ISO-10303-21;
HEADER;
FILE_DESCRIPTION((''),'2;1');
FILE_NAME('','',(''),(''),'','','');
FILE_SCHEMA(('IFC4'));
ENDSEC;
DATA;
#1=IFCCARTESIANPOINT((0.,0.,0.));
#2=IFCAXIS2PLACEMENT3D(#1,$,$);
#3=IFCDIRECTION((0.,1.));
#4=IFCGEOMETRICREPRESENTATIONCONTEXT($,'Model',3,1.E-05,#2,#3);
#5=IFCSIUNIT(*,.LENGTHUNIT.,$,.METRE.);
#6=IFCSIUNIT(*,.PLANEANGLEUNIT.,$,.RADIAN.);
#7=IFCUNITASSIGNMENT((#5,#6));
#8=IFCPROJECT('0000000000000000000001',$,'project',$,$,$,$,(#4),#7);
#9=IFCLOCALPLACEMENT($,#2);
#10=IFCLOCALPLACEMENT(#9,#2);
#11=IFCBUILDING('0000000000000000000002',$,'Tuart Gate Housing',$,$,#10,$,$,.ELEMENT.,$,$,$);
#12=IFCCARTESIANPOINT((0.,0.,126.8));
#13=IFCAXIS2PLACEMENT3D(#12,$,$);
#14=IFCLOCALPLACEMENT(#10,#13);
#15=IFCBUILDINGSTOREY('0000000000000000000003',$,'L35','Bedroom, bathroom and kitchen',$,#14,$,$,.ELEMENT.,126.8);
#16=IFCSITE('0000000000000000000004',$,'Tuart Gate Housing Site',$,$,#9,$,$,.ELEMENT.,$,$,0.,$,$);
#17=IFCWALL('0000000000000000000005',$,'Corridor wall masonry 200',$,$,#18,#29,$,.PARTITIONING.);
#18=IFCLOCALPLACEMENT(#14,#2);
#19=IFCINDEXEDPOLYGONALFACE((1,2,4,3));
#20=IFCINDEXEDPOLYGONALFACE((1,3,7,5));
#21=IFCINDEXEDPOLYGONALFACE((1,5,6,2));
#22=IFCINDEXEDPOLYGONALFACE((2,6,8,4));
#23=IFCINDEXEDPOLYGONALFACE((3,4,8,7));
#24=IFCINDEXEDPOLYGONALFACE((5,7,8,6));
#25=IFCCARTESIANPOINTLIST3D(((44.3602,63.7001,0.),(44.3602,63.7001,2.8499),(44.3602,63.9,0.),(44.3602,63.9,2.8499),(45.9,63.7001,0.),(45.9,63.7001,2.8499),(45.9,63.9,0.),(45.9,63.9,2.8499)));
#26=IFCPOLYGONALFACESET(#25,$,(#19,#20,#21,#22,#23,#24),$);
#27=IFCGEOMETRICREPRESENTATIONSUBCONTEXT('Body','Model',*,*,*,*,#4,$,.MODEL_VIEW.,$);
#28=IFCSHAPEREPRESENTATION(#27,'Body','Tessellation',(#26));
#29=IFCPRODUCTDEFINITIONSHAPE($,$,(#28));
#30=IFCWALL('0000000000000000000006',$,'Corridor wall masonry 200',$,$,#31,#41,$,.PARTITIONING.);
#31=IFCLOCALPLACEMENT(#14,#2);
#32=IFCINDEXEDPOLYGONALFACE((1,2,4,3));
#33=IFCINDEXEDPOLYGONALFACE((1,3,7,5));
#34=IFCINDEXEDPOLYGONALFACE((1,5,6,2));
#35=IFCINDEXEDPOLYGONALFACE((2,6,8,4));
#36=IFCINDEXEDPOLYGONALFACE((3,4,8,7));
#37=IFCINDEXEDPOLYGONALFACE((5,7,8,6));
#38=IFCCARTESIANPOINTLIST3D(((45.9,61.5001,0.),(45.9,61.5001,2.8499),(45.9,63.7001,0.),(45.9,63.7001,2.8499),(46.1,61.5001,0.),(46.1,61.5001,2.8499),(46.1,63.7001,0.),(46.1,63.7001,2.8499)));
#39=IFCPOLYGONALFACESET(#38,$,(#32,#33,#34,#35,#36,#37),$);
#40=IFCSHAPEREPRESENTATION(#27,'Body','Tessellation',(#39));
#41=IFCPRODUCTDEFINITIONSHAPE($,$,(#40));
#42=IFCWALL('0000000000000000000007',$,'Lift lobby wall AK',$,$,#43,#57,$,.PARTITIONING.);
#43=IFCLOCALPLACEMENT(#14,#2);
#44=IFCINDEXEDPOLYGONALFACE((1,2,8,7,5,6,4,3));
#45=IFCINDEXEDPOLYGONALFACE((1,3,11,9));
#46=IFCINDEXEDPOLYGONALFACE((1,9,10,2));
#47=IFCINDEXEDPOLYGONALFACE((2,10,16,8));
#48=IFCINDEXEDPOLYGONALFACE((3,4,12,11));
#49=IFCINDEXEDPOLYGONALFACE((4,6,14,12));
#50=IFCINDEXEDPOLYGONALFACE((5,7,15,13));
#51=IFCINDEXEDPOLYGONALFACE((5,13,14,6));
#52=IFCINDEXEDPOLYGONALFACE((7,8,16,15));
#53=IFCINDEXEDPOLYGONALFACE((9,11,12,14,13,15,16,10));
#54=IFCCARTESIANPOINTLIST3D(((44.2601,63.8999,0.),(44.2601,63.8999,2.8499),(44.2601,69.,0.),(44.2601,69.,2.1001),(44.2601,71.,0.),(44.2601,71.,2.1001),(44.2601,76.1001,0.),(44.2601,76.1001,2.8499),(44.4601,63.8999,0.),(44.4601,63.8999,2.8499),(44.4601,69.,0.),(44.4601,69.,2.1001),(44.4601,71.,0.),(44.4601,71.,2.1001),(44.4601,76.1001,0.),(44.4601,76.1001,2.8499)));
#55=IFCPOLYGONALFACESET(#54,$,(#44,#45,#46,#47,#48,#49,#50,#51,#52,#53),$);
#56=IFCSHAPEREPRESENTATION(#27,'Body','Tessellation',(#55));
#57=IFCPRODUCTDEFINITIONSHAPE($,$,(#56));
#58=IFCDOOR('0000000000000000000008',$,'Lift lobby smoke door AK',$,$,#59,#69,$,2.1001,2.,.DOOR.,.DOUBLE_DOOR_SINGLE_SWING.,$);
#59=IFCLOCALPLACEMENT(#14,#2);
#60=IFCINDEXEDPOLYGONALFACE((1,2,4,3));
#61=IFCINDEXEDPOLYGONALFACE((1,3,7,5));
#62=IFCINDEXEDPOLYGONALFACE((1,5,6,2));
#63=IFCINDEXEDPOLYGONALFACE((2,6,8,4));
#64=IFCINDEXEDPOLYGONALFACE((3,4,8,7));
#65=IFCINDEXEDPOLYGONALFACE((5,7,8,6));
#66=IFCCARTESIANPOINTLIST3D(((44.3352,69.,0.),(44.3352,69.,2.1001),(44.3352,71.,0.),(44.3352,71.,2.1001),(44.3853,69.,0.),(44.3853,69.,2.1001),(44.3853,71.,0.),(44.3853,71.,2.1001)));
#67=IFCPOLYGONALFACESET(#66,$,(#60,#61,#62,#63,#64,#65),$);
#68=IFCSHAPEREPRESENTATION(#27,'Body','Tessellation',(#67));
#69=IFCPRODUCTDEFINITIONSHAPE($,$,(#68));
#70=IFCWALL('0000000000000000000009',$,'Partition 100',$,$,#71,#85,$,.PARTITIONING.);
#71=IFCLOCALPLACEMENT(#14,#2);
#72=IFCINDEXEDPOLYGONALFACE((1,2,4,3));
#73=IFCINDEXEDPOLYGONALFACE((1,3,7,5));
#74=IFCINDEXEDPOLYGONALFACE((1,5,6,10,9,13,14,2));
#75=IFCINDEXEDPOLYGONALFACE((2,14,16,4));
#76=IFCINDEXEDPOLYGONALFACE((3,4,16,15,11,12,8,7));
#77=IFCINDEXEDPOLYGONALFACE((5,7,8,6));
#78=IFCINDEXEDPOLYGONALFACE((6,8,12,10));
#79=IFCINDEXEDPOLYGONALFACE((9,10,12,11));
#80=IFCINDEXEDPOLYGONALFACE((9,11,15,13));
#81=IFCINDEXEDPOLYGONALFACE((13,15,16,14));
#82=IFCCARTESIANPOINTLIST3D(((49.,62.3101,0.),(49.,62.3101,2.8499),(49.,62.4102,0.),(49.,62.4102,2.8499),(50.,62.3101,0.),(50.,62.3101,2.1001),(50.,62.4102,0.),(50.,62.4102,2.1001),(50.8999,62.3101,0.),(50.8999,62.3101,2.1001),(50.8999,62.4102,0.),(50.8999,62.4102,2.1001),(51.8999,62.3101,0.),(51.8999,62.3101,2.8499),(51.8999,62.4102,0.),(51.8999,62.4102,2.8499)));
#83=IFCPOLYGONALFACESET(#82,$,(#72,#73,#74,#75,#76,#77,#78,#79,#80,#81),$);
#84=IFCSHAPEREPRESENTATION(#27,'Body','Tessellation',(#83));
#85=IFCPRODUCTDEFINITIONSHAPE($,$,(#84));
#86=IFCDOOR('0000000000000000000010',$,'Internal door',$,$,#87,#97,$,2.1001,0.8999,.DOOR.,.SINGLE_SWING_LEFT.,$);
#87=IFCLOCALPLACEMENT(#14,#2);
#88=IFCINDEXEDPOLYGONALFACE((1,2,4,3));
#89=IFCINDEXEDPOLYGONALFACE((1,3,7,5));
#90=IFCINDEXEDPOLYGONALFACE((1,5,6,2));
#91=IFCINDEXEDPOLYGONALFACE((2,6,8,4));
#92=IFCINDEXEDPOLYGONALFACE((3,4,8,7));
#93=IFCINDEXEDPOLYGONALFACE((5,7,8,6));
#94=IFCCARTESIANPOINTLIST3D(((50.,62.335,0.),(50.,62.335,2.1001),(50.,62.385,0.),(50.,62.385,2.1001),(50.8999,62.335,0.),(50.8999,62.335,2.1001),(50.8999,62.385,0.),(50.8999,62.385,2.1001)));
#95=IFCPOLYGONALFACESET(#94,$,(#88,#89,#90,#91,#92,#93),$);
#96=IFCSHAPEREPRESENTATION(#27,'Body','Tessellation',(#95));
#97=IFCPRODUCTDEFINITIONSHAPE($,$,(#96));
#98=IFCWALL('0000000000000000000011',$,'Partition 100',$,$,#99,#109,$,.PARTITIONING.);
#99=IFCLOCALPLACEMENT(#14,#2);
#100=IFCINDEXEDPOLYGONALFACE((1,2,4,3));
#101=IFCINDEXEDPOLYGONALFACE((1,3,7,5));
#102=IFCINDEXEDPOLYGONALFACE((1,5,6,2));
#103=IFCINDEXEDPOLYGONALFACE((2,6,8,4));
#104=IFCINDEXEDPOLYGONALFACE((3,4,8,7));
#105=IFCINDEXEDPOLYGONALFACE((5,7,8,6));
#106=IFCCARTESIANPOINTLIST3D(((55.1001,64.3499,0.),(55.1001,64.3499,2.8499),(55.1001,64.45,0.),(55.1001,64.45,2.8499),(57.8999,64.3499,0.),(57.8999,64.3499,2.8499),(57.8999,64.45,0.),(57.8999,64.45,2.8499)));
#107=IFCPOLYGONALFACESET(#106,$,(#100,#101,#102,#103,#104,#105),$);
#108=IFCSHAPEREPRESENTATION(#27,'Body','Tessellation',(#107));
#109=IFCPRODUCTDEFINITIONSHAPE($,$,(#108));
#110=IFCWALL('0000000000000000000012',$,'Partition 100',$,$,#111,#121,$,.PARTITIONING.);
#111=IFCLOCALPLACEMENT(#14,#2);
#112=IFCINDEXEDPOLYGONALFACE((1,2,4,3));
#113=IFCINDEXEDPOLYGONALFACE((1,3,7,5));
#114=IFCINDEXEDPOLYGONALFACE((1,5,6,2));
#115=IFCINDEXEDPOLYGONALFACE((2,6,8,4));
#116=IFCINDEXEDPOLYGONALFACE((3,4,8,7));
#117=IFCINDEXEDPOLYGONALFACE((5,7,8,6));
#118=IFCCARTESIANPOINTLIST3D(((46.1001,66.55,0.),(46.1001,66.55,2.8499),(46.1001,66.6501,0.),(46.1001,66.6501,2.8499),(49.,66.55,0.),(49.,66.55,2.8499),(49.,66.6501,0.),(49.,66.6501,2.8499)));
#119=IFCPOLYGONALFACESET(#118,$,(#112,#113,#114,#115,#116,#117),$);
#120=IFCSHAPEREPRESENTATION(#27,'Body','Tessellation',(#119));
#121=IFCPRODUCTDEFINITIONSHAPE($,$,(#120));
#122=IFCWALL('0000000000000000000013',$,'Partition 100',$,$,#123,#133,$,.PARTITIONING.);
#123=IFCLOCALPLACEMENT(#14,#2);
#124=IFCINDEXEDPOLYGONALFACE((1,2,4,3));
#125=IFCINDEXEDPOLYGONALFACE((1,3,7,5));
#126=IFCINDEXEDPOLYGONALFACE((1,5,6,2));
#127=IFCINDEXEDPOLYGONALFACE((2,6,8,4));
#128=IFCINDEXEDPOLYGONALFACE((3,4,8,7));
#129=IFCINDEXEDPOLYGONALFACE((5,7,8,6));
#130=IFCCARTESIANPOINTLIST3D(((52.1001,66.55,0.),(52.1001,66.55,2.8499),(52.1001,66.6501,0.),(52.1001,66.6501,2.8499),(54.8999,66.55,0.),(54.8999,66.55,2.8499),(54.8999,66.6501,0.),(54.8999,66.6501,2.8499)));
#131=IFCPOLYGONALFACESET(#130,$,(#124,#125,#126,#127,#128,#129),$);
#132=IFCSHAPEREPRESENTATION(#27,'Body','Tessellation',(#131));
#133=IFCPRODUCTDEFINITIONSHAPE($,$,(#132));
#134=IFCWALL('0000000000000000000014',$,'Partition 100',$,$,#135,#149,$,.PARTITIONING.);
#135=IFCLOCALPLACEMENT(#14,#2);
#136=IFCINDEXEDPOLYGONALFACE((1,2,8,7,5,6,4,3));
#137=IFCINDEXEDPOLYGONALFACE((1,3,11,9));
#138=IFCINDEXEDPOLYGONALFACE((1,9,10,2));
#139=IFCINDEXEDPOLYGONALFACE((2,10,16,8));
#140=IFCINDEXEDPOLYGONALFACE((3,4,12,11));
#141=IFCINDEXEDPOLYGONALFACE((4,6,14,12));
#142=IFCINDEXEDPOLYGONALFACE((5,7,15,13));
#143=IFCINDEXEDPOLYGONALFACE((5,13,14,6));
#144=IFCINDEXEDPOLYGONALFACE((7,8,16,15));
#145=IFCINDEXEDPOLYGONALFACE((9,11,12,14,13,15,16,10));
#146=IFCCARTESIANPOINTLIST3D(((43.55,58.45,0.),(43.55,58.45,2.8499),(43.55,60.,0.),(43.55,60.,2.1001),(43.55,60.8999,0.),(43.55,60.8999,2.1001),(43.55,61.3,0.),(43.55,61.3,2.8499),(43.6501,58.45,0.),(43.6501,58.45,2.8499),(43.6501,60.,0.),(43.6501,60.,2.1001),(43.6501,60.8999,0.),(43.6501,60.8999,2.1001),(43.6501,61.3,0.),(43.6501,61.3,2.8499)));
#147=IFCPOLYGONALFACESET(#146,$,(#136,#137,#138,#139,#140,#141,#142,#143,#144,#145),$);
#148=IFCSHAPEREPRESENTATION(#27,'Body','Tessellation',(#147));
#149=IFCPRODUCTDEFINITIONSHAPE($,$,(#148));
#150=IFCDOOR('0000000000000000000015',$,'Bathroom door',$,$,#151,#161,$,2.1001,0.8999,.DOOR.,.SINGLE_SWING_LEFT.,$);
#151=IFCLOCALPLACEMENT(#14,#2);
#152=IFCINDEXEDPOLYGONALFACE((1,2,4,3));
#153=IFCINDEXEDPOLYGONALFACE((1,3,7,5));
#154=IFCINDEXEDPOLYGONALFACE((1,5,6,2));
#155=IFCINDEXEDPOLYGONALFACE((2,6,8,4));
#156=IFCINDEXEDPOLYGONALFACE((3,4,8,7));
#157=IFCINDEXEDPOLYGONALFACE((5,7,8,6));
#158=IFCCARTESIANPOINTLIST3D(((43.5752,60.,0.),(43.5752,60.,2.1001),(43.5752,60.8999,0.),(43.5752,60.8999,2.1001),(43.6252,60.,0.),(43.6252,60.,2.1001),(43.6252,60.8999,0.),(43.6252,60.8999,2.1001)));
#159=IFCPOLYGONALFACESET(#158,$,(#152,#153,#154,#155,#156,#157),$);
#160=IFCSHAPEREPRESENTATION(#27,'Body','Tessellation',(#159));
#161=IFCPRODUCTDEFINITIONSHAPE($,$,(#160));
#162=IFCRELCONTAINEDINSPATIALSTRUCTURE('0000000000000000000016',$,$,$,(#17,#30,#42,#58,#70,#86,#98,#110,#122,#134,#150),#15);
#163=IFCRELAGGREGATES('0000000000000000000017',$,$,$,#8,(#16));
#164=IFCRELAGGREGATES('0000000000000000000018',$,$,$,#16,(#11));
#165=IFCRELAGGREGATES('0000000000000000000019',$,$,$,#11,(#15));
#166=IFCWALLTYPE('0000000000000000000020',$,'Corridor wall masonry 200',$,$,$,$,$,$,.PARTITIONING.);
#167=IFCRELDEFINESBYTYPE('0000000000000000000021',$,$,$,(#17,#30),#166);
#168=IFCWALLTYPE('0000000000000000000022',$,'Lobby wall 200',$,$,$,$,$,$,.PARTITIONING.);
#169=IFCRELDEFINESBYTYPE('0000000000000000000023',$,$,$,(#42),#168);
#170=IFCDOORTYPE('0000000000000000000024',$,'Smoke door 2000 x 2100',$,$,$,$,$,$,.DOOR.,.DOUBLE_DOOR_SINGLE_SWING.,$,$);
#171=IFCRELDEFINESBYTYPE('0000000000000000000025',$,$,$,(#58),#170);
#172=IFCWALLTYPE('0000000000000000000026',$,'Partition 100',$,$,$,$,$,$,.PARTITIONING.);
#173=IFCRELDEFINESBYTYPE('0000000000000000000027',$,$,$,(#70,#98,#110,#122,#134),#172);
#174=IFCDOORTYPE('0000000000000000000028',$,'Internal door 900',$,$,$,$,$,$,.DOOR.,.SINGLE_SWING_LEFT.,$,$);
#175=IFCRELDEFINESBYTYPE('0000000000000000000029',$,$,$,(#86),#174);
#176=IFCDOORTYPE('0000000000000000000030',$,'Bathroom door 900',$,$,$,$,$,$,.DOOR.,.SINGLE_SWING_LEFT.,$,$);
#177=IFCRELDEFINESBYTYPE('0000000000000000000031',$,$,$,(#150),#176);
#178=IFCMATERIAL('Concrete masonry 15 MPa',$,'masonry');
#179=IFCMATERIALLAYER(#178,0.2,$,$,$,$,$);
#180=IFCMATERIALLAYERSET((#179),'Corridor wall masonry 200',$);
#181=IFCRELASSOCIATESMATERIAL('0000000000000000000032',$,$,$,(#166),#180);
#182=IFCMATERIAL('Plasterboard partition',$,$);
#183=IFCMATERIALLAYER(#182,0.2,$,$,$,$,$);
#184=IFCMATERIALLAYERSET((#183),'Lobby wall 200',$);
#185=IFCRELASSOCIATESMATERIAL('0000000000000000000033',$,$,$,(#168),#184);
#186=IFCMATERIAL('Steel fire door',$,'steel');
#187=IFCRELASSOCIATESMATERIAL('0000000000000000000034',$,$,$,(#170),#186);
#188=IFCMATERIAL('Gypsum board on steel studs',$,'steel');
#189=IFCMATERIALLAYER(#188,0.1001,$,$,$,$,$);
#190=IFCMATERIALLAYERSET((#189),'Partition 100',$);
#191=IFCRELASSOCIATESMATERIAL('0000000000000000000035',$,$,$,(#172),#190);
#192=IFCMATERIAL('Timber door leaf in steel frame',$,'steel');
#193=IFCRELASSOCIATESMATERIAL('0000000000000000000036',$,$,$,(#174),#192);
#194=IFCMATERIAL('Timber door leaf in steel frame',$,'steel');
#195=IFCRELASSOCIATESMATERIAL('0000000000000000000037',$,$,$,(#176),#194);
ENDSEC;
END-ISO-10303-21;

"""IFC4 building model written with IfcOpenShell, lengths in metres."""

from ifc_helpers import new_model, si_unit, direction, frame, frame_2d, origin, place, context, subcontext, project, spatial, rectangle, extrude, material, layer, layer_set, type_object, element, fill, save


model = new_model("IFC4")

# Units and contexts
model_context = context("Model", 3, precision=1e-05, world=origin(), true_north=direction((0.0, 1.0)))
body_context = subcontext(model_context, "Body", "Model", "MODEL_VIEW")
ifc_project = project(units=[si_unit("LENGTHUNIT", "METRE"), si_unit("PLANEANGLEUNIT", "RADIAN")], contexts=[model_context])

# Site, building, storey
site_placement = place(None, origin())
site = spatial("IfcSite", under=ifc_project, at=site_placement, Name="Tuart Gate Housing Site", CompositionType="ELEMENT", RefElevation=0.0)
building_placement = place(site_placement, origin())
building = spatial("IfcBuilding", under=site, at=building_placement, Name="Tuart Gate Housing", CompositionType="ELEMENT")
storey_placement = place(building_placement, frame((0.0, 0.0, 126.8)))
storey = spatial("IfcBuildingStorey", under=building, at=storey_placement, Name="L35", Description="Bedroom, bathroom and kitchen", CompositionType="ELEMENT", Elevation=126.8)

# Walls
ifc_material_1 = material(Name="Concrete masonry 15 MPa", Category="masonry")
ifc_layer_1 = layer(ifc_material_1, 0.2)
ifc_layer_set_1 = layer_set([ifc_layer_1], Name="Corridor wall masonry 200")
wall_type_1 = type_object("IfcWallType", Name="Corridor wall masonry 200", PredefinedType="PARTITIONING", material=ifc_layer_set_1)
wall_1_placement = place(storey_placement, frame((44.3601, 63.8, 0.0), z_axis=(0.0, 0.0, 1.0), x_axis=(1.0, 0.0, 0.0)))
element("IfcWall", 1, at=wall_1_placement, inside=storey, type_object=wall_type_1, Name="Corridor wall masonry 200", PredefinedType="PARTITIONING", context=body_context, shape_type="SweptSolid", body=[
    extrude(rectangle(XDim=1.5398, YDim=0.2, at=frame_2d((0.77, 0.0))), origin(), (0.0, 0.0, 1.0), 2.8499),
])
wall_2_placement = place(storey_placement, frame((46.0, 61.5, 0.0), z_axis=(0.0, 0.0, 1.0), x_axis=(0.0, 1.0, 0.0)))
element("IfcWall", 2, at=wall_2_placement, inside=storey, type_object=wall_type_1, Name="Corridor wall masonry 200", PredefinedType="PARTITIONING", context=body_context, shape_type="SweptSolid", body=[
    extrude(rectangle(XDim=2.2, YDim=0.2, at=frame_2d((1.1001, 0.0))), origin(), (0.0, 0.0, 1.0), 2.8499),
])

# Walls, openings, doors
ifc_material_2 = material(Name="Plasterboard partition")
ifc_layer_2 = layer(ifc_material_2, 0.2)
ifc_layer_set_2 = layer_set([ifc_layer_2], Name="Lobby wall 200")
wall_type_2 = type_object("IfcWallType", Name="Lobby wall 200", PredefinedType="PARTITIONING", material=ifc_layer_set_2)
wall_3_placement = place(storey_placement, frame((44.3601, 63.8999, 0.0), z_axis=(0.0, 0.0, 1.0), x_axis=(0.0, 1.0, 0.0)))
wall_3 = element("IfcWall", 3, at=wall_3_placement, inside=storey, type_object=wall_type_2, Name="Lift lobby wall AK", PredefinedType="PARTITIONING", context=body_context, shape_type="SweptSolid", body=[
    extrude(rectangle(XDim=12.2002, YDim=0.2, at=frame_2d((6.1001, 0.0))), origin(), (0.0, 0.0, 1.0), 2.8499),
])
opening_1_placement = place(wall_3_placement, frame((5.1001, 0.0, 0.0)))
opening_1 = element("IfcOpeningElement", 4, at=opening_1_placement, cuts=wall_3, PredefinedType="OPENING", context=body_context, shape_type="SweptSolid", body=[
    extrude(rectangle(XDim=2.0, YDim=2.1001, at=frame_2d((1.0, 1.05))), frame((0.0, 0.1099, 0.0), z_axis=(0.0, -1.0, 0.0), x_axis=(1.0, 0.0, 0.0)), (0.0, 0.0, 1.0), 0.22),
])
ifc_material_3 = material(Name="Steel fire door", Category="steel")
door_type_1 = type_object("IfcDoorType", Name="Smoke door 2000 x 2100", OperationType="DOUBLE_DOOR_SINGLE_SWING", PredefinedType="DOOR", material=ifc_material_3)
door_1_placement = place(opening_1_placement, origin())
door_1 = element("IfcDoor", 5, at=door_1_placement, inside=storey, type_object=door_type_1, Name="Lift lobby smoke door AK", OperationType="DOUBLE_DOOR_SINGLE_SWING", OverallHeight=2.1001, OverallWidth=2.0, PredefinedType="DOOR", context=body_context, shape_type="SweptSolid", body=[
    extrude(rectangle(XDim=2.0, YDim=2.1001, at=frame_2d((1.0, 1.05))), frame((0.0, 0.0249, 0.0), z_axis=(0.0, -1.0, 0.0), x_axis=(1.0, 0.0, 0.0)), (0.0, 0.0, 1.0), 0.05),
])
fill(opening_1, door_1)
ifc_material_4 = material(Name="Gypsum board on steel studs", Category="steel")
ifc_layer_3 = layer(ifc_material_4, 0.1001)
ifc_layer_set_3 = layer_set([ifc_layer_3], Name="Partition 100")
wall_type_3 = type_object("IfcWallType", Name="Partition 100", PredefinedType="PARTITIONING", material=ifc_layer_set_3)
wall_4_placement = place(storey_placement, frame((49.0, 62.3601, 0.0), z_axis=(0.0, 0.0, 1.0), x_axis=(1.0, 0.0, 0.0)))
wall_4 = element("IfcWall", 6, at=wall_4_placement, inside=storey, type_object=wall_type_3, Name="Partition 100", PredefinedType="PARTITIONING", context=body_context, shape_type="SweptSolid", body=[
    extrude(rectangle(XDim=2.8999, YDim=0.1001, at=frame_2d((1.45, 0.0))), origin(), (0.0, 0.0, 1.0), 2.8499),
])
opening_2_placement = place(wall_4_placement, frame((1.0, 0.0, 0.0)))
opening_2 = element("IfcOpeningElement", 7, at=opening_2_placement, cuts=wall_4, PredefinedType="OPENING", context=body_context, shape_type="SweptSolid", body=[
    extrude(rectangle(XDim=0.8999, YDim=2.1001, at=frame_2d((0.45, 1.05))), frame((0.0, 0.0601, 0.0), z_axis=(0.0, -1.0, 0.0), x_axis=(1.0, 0.0, 0.0)), (0.0, 0.0, 1.0), 0.1201),
])
ifc_material_5 = material(Name="Timber door leaf in steel frame", Category="steel")
door_type_2 = type_object("IfcDoorType", Name="Internal door 900", OperationType="SINGLE_SWING_LEFT", PredefinedType="DOOR", material=ifc_material_5)
door_2_placement = place(opening_2_placement, origin())
door_2 = element("IfcDoor", 8, at=door_2_placement, inside=storey, type_object=door_type_2, Name="Internal door", OperationType="SINGLE_SWING_LEFT", OverallHeight=2.1001, OverallWidth=0.8999, PredefinedType="DOOR", context=body_context, shape_type="SweptSolid", body=[
    extrude(rectangle(XDim=0.8999, YDim=2.1001, at=frame_2d((0.45, 1.05))), frame((0.0, 0.0249, 0.0), z_axis=(0.0, -1.0, 0.0), x_axis=(1.0, 0.0, 0.0)), (0.0, 0.0, 1.0), 0.05),
])
fill(opening_2, door_2)

# Walls
wall_5_placement = place(storey_placement, frame((55.1001, 64.3999, 0.0), z_axis=(0.0, 0.0, 1.0), x_axis=(1.0, 0.0, 0.0)))
element("IfcWall", 9, at=wall_5_placement, inside=storey, type_object=wall_type_3, Name="Partition 100", PredefinedType="PARTITIONING", context=body_context, shape_type="SweptSolid", body=[
    extrude(rectangle(XDim=2.7998, YDim=0.1001, at=frame_2d((1.3999, 0.0))), origin(), (0.0, 0.0, 1.0), 2.8499),
])
wall_6_placement = place(storey_placement, frame((46.1001, 66.6001, 0.0), z_axis=(0.0, 0.0, 1.0), x_axis=(1.0, 0.0, 0.0)))
element("IfcWall", 10, at=wall_6_placement, inside=storey, type_object=wall_type_3, Name="Partition 100", PredefinedType="PARTITIONING", context=body_context, shape_type="SweptSolid", body=[
    extrude(rectangle(XDim=2.8999, YDim=0.1001, at=frame_2d((1.45, 0.0))), origin(), (0.0, 0.0, 1.0), 2.8499),
])
wall_7_placement = place(storey_placement, frame((52.1001, 66.6001, 0.0), z_axis=(0.0, 0.0, 1.0), x_axis=(1.0, 0.0, 0.0)))
element("IfcWall", 11, at=wall_7_placement, inside=storey, type_object=wall_type_3, Name="Partition 100", PredefinedType="PARTITIONING", context=body_context, shape_type="SweptSolid", body=[
    extrude(rectangle(XDim=2.7998, YDim=0.1001, at=frame_2d((1.3999, 0.0))), origin(), (0.0, 0.0, 1.0), 2.8499),
])

# Wall, opening, door
wall_8_placement = place(storey_placement, frame((43.6001, 58.45, 0.0), z_axis=(0.0, 0.0, 1.0), x_axis=(0.0, 1.0, 0.0)))
wall_8 = element("IfcWall", 12, at=wall_8_placement, inside=storey, type_object=wall_type_3, Name="Partition 100", PredefinedType="PARTITIONING", context=body_context, shape_type="SweptSolid", body=[
    extrude(rectangle(XDim=2.8501, YDim=0.1001, at=frame_2d((1.425, 0.0))), origin(), (0.0, 0.0, 1.0), 2.8499),
])
opening_3_placement = place(wall_8_placement, frame((1.55, 0.0, 0.0)))
opening_3 = element("IfcOpeningElement", 13, at=opening_3_placement, cuts=wall_8, PredefinedType="OPENING", context=body_context, shape_type="SweptSolid", body=[
    extrude(rectangle(XDim=0.8999, YDim=2.1001, at=frame_2d((0.45, 1.05))), frame((0.0, 0.0601, 0.0), z_axis=(0.0, -1.0, 0.0), x_axis=(1.0, 0.0, 0.0)), (0.0, 0.0, 1.0), 0.1201),
])
ifc_material_6 = material(Name="Timber door leaf in steel frame", Category="steel")
door_type_3 = type_object("IfcDoorType", Name="Bathroom door 900", OperationType="SINGLE_SWING_LEFT", PredefinedType="DOOR", material=ifc_material_6)
door_3_placement = place(opening_3_placement, frame((0.8999, 0.0, 0.0), z_axis=(0.0, 0.0, 1.0), x_axis=(-1.0, 0.0, 0.0)))
door_3 = element("IfcDoor", 14, at=door_3_placement, inside=storey, type_object=door_type_3, Name="Bathroom door", OperationType="SINGLE_SWING_LEFT", OverallHeight=2.1001, OverallWidth=0.8999, PredefinedType="DOOR", context=body_context, shape_type="SweptSolid", body=[
    extrude(rectangle(XDim=0.8999, YDim=2.1001, at=frame_2d((0.45, 1.05))), frame((0.0, 0.0251, 0.0), z_axis=(0.0, -1.0, 0.0), x_axis=(1.0, 0.0, 0.0)), (0.0, 0.0, 1.0), 0.05),
])
fill(opening_3, door_3)

save(model, "model.ifc")
